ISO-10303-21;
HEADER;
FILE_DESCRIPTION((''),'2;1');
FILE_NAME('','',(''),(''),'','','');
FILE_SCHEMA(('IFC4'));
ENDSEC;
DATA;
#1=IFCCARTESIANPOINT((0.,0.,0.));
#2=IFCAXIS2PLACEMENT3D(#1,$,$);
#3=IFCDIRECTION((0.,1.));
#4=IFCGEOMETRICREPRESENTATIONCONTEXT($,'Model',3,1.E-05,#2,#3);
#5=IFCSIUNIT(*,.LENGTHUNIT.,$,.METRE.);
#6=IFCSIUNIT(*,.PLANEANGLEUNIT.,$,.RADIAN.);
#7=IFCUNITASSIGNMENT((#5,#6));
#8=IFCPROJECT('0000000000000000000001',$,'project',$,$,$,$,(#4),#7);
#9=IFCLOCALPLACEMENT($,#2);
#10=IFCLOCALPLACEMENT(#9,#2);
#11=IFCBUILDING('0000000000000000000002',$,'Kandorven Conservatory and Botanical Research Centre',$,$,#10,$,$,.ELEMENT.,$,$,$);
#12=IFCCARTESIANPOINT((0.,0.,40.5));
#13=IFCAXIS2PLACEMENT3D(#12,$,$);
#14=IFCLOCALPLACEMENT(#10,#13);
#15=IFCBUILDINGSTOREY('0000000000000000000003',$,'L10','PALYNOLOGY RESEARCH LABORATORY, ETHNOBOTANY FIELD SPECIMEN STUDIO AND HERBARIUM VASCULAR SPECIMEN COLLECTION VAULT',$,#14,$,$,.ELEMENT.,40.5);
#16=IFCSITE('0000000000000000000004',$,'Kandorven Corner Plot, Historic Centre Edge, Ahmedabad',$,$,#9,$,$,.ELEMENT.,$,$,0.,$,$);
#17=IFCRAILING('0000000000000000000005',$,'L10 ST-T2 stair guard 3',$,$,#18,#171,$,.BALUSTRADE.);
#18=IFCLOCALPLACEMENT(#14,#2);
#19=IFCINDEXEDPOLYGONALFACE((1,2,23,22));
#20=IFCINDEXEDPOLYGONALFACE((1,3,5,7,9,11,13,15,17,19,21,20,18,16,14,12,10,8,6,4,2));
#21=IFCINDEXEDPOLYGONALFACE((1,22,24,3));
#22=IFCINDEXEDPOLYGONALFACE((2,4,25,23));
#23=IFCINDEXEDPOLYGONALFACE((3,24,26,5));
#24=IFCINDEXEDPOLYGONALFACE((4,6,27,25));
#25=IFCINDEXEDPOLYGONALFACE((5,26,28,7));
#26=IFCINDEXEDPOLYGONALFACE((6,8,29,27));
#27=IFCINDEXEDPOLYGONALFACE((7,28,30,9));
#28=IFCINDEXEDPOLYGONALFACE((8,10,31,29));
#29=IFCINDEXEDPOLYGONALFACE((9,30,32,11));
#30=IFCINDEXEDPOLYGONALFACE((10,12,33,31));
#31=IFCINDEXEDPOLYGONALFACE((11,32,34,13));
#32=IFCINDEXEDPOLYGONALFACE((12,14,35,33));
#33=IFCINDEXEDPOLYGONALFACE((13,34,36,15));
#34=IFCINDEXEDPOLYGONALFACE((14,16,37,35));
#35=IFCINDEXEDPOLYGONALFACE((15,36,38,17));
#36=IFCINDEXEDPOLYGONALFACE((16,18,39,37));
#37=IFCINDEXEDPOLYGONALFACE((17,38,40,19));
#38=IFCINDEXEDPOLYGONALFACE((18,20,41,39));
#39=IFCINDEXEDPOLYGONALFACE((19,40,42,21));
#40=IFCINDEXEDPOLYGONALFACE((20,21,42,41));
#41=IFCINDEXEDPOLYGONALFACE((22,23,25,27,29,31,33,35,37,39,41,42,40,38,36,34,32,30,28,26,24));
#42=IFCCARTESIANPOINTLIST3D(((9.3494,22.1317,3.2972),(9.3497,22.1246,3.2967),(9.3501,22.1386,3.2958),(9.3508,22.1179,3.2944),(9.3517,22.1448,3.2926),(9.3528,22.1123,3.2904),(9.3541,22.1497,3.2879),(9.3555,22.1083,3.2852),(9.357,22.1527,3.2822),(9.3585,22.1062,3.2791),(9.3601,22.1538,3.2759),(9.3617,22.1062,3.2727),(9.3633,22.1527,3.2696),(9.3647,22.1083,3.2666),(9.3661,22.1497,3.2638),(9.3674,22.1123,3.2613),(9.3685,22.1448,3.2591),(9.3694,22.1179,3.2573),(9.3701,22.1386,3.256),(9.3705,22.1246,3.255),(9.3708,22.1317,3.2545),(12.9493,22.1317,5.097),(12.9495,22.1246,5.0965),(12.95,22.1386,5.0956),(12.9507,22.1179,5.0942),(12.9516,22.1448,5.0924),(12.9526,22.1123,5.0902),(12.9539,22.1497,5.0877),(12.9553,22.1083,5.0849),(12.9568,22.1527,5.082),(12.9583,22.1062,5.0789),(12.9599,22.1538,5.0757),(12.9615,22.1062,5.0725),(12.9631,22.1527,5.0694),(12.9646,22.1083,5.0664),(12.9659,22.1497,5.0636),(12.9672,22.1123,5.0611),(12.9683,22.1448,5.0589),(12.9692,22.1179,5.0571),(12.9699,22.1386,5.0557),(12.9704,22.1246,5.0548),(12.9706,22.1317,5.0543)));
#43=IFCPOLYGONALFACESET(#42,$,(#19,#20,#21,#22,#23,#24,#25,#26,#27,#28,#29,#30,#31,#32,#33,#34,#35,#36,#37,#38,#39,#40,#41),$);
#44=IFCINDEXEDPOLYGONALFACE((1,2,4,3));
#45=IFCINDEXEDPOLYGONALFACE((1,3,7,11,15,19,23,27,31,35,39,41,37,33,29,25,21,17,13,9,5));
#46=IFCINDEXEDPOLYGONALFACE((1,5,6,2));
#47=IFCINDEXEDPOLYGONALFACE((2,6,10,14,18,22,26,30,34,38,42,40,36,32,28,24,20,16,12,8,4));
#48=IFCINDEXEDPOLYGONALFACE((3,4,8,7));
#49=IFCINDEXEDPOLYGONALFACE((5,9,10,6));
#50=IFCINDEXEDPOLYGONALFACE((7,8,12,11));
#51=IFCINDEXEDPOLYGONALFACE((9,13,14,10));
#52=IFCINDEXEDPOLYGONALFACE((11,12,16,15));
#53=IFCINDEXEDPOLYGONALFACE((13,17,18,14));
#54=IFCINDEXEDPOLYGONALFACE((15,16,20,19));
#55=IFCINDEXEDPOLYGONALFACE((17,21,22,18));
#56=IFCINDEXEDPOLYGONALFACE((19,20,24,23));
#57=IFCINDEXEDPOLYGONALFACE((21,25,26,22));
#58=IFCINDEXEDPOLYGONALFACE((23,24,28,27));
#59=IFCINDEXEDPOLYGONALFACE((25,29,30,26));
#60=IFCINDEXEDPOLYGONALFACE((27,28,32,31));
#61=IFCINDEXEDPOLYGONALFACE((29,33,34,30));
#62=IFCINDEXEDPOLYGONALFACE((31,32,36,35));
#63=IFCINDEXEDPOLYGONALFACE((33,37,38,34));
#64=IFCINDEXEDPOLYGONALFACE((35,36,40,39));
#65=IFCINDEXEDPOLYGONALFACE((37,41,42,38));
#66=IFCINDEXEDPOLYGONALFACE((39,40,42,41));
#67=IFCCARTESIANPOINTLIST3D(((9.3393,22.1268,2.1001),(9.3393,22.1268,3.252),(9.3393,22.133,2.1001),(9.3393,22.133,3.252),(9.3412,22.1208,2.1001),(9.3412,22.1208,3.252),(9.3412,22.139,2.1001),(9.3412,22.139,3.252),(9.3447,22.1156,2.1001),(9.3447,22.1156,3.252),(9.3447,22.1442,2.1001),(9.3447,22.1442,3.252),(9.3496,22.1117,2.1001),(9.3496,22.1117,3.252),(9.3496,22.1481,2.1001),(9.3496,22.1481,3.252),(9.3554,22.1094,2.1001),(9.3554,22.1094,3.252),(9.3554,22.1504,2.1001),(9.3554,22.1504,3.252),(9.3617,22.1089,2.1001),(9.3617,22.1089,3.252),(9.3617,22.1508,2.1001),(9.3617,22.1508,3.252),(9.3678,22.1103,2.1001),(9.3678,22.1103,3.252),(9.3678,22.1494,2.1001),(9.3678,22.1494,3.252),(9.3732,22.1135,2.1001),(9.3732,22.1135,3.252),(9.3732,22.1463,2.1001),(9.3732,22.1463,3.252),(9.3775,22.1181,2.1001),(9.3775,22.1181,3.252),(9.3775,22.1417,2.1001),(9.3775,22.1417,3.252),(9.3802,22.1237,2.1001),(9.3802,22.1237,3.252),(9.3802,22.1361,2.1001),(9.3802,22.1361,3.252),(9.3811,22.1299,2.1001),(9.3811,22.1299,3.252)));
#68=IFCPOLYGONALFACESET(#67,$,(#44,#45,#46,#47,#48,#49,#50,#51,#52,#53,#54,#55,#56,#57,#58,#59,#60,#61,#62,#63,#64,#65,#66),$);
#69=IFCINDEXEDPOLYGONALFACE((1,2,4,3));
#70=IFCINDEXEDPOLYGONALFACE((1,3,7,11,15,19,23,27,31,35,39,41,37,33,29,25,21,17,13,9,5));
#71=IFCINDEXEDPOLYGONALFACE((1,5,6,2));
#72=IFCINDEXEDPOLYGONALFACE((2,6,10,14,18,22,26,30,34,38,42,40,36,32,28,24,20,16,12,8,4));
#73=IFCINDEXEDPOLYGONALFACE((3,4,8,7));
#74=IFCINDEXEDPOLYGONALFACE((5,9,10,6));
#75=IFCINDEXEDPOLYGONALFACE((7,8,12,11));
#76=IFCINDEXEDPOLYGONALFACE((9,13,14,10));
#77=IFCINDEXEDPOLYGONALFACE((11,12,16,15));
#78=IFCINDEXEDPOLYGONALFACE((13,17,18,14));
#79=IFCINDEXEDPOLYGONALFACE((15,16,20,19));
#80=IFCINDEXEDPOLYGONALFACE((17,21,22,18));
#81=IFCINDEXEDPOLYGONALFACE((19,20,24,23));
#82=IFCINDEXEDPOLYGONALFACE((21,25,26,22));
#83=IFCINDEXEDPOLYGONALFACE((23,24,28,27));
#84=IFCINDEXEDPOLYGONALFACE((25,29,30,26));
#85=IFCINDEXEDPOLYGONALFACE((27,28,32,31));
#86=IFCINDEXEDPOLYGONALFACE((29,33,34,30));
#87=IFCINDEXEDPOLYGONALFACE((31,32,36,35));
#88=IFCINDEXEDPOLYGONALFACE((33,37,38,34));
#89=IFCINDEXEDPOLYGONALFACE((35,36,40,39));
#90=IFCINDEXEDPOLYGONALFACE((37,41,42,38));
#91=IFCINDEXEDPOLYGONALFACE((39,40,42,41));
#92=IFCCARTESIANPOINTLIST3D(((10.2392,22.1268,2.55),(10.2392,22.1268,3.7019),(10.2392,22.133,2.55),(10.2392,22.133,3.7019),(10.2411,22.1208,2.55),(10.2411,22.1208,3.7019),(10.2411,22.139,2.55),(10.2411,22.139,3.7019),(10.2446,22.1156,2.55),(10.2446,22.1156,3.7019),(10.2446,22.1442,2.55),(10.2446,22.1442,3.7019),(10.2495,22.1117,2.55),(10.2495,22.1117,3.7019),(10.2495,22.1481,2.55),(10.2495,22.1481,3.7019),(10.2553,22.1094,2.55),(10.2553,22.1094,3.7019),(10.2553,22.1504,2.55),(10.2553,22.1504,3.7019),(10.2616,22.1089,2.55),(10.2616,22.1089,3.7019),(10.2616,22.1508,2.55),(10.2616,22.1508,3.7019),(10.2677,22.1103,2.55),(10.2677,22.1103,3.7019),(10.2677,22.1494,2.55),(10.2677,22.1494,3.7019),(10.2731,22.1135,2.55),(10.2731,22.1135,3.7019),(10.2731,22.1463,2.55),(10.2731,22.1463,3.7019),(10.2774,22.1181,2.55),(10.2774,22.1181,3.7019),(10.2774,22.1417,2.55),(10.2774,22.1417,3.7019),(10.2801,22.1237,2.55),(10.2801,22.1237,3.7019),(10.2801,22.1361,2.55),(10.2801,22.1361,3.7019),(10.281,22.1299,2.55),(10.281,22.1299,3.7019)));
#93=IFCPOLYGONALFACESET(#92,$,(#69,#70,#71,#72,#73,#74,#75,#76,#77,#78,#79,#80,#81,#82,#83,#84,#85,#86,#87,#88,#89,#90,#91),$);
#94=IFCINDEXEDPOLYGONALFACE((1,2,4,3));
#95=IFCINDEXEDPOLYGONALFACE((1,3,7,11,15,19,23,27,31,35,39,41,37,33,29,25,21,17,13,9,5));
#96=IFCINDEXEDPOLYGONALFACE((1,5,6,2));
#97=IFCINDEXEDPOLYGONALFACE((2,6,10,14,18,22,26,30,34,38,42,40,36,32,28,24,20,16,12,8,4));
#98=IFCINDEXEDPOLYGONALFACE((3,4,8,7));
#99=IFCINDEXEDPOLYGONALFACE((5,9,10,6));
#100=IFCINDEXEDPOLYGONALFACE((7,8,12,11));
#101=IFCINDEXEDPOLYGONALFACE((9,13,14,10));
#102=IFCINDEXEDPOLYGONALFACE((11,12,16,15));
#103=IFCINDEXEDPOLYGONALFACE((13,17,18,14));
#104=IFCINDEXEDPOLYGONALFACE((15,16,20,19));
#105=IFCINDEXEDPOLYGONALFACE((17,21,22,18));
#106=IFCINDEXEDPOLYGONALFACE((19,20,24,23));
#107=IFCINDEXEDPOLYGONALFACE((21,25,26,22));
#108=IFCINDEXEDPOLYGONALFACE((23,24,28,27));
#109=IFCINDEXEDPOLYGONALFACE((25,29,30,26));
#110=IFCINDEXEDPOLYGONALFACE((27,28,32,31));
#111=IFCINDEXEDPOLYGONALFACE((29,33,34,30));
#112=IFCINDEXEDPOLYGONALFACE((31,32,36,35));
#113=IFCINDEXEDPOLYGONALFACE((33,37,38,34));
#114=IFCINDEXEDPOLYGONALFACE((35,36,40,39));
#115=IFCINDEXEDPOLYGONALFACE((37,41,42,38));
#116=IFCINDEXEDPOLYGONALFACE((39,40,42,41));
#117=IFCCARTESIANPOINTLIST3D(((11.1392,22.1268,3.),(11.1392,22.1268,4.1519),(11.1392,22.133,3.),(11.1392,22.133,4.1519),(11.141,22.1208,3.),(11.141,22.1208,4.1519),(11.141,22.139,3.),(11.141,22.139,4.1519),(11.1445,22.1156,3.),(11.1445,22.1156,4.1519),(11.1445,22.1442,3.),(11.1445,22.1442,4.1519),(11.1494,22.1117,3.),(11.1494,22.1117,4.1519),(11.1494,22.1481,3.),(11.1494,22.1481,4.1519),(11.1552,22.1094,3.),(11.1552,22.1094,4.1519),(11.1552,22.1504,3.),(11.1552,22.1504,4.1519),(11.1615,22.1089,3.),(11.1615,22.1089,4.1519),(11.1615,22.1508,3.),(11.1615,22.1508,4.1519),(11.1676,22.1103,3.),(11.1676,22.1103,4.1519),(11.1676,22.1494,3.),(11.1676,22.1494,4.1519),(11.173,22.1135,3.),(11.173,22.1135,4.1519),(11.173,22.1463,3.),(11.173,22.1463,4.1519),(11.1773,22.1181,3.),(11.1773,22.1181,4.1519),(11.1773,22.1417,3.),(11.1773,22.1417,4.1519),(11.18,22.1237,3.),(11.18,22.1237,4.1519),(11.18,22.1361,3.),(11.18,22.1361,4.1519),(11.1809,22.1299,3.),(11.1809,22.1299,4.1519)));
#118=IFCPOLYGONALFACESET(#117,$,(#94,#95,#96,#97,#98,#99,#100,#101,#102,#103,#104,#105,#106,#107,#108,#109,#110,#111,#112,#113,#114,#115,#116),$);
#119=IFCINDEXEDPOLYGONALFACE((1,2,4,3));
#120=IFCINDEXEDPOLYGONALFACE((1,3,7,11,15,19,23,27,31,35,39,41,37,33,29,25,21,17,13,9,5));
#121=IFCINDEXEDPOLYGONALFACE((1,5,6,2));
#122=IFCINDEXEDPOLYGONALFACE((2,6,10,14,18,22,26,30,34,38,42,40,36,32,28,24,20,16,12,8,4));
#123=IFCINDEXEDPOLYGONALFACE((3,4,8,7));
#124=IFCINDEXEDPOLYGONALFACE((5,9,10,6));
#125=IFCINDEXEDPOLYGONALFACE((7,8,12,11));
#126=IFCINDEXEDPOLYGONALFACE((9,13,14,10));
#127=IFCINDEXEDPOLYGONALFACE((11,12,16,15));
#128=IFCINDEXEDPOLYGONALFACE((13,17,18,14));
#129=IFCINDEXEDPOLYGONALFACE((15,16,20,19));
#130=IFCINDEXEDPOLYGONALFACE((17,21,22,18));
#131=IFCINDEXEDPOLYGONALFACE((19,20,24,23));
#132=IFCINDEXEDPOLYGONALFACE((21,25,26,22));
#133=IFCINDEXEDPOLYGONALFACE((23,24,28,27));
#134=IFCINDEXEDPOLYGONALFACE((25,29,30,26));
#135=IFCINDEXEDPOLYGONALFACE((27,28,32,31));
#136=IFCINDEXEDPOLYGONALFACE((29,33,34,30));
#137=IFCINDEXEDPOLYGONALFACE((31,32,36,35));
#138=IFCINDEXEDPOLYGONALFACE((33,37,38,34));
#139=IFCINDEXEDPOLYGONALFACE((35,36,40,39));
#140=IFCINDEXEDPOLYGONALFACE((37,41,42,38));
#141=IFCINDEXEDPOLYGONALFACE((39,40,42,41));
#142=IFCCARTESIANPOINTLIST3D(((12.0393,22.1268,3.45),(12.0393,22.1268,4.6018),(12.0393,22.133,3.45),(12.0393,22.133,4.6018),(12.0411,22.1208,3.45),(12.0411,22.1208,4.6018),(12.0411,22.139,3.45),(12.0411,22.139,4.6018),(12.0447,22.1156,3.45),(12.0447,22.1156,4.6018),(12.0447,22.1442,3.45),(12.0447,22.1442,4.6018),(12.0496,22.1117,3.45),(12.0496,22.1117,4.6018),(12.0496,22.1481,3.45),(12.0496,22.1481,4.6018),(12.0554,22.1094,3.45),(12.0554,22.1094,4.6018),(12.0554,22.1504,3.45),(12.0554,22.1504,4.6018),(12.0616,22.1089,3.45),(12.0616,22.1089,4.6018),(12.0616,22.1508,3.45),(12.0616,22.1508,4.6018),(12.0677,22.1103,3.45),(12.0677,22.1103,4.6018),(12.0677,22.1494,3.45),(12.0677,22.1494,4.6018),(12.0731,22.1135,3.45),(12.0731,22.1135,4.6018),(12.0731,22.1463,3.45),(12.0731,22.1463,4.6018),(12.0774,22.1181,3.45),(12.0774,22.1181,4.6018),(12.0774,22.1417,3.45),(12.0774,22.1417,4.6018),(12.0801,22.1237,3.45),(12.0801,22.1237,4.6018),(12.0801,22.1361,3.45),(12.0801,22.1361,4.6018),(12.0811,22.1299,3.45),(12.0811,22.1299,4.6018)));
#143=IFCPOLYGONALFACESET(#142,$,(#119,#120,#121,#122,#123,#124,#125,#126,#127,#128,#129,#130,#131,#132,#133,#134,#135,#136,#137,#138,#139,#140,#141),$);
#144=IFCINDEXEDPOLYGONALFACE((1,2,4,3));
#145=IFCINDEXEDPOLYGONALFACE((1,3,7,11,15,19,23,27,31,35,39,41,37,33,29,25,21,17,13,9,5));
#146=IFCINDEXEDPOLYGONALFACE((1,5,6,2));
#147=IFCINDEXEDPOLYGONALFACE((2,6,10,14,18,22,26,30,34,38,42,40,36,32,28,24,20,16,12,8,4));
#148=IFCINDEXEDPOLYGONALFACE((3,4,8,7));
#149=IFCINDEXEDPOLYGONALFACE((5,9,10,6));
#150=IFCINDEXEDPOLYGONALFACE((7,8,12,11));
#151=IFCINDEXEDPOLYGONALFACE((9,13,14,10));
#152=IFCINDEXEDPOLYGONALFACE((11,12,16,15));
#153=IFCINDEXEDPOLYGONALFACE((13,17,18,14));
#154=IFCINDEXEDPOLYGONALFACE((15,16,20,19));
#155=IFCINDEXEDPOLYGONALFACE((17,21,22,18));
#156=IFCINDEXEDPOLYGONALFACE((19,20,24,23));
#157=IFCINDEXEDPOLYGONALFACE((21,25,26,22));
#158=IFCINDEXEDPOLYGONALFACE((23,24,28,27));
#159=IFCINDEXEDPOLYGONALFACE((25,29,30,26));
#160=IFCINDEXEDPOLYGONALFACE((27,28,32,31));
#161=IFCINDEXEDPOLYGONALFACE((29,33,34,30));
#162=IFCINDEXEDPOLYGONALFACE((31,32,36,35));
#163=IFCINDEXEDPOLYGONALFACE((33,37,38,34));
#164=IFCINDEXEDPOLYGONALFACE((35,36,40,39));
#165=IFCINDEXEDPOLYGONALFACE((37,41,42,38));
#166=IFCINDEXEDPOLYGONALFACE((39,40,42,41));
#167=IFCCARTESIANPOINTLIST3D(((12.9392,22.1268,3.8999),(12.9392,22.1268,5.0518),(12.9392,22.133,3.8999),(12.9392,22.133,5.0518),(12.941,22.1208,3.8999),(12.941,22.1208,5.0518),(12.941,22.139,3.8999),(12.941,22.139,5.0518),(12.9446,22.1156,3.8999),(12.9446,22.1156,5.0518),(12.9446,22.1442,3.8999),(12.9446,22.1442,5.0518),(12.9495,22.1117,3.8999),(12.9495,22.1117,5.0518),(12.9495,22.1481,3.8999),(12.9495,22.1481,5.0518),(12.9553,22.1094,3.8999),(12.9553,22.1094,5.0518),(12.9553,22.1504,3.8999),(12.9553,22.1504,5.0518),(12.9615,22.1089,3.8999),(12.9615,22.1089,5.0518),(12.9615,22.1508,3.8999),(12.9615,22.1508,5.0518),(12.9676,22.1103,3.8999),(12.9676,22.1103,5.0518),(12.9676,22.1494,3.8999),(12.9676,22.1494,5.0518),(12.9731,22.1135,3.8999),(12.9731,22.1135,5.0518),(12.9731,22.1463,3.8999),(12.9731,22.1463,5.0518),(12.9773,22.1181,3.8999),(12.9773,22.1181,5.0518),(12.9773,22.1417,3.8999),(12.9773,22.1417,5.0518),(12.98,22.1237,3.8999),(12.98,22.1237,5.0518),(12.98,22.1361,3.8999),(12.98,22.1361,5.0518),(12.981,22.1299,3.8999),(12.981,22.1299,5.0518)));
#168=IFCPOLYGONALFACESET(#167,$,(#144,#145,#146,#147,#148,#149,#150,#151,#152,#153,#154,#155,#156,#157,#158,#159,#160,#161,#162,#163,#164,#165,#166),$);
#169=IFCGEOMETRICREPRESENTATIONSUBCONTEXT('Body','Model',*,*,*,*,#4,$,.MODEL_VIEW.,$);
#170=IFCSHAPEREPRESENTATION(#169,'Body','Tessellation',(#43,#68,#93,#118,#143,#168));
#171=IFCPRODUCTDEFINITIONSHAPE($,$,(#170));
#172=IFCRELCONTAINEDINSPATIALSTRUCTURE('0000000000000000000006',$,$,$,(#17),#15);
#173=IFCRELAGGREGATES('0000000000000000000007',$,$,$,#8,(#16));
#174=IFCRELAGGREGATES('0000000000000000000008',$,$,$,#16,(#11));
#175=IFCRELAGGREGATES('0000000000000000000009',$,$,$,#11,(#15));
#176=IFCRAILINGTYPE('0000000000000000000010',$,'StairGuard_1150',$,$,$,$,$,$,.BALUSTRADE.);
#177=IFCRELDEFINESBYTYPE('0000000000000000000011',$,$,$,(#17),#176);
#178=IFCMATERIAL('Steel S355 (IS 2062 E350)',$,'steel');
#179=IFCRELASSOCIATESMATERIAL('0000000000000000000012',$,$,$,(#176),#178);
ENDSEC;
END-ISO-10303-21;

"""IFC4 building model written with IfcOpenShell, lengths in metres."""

from ifc_helpers import new_model, si_unit, direction, frame, origin, origin_2d, place, context, subcontext, project, spatial, circle, extrude, material, type_object, element, save


model = new_model("IFC4")

# Units and contexts
model_context = context("Model", 3, precision=1e-05, world=origin(), true_north=direction((0.0, 1.0)))
body_context = subcontext(model_context, "Body", "Model", "MODEL_VIEW")
ifc_project = project(units=[si_unit("LENGTHUNIT", "METRE"), si_unit("PLANEANGLEUNIT", "RADIAN")], contexts=[model_context])

# Site, building, storey
site_placement = place(None, origin())
site = spatial("IfcSite", under=ifc_project, at=site_placement, Name="Kandorven Corner Plot, Historic Centre Edge, Ahmedabad", CompositionType="ELEMENT", RefElevation=0.0)
building_placement = place(site_placement, origin())
building = spatial("IfcBuilding", under=site, at=building_placement, Name="Kandorven Conservatory and Botanical Research Centre", CompositionType="ELEMENT")
storey_placement = place(building_placement, frame((0.0, 0.0, 40.5)))
storey = spatial("IfcBuildingStorey", under=building, at=storey_placement, Name="L10", Description="PALYNOLOGY RESEARCH LABORATORY, ETHNOBOTANY FIELD SPECIMEN STUDIO AND HERBARIUM VASCULAR SPECIMEN COLLECTION VAULT", CompositionType="ELEMENT", Elevation=40.5)

# Railing
ifc_material_1 = material(Name="Steel S355 (IS 2062 E350)", Category="steel")
railing_type_1 = type_object("IfcRailingType", Name="StairGuard_1150", PredefinedType="BALUSTRADE", material=ifc_material_1)
railing_1_placement = place(storey_placement, frame((9.3601, 22.1299, 2.1001)))
element("IfcRailing", 1, at=railing_1_placement, inside=storey, type_object=railing_type_1, Name="L10 ST-T2 stair guard 3", PredefinedType="BALUSTRADE", context=body_context, shape_type="SweptSolid", body=[
    extrude(circle(Radius=0.0239, at=origin_2d()), frame((0.0, 0.0, 1.1758), z_axis=(0.894439, 0.0, 0.447189), x_axis=(0.0, 1.0, 0.0)), (0.0, 0.0, 1.0), 4.0247),
    extrude(circle(Radius=0.021, at=origin_2d()), origin(), (0.0, 0.0, 1.0), 1.1519),
    extrude(circle(Radius=0.021, at=origin_2d()), frame((0.8999, 0.0, 0.45)), (0.0, 0.0, 1.0), 1.1519),
    extrude(circle(Radius=0.021, at=origin_2d()), frame((1.7998, 0.0, 0.8999)), (0.0, 0.0, 1.0), 1.1519),
    extrude(circle(Radius=0.021, at=origin_2d()), frame((2.7, 0.0, 1.3499)), (0.0, 0.0, 1.0), 1.1519),
    extrude(circle(Radius=0.021, at=origin_2d()), frame((3.5999, 0.0, 1.7998)), (0.0, 0.0, 1.0), 1.1519),
])

save(model, "model.ifc")
